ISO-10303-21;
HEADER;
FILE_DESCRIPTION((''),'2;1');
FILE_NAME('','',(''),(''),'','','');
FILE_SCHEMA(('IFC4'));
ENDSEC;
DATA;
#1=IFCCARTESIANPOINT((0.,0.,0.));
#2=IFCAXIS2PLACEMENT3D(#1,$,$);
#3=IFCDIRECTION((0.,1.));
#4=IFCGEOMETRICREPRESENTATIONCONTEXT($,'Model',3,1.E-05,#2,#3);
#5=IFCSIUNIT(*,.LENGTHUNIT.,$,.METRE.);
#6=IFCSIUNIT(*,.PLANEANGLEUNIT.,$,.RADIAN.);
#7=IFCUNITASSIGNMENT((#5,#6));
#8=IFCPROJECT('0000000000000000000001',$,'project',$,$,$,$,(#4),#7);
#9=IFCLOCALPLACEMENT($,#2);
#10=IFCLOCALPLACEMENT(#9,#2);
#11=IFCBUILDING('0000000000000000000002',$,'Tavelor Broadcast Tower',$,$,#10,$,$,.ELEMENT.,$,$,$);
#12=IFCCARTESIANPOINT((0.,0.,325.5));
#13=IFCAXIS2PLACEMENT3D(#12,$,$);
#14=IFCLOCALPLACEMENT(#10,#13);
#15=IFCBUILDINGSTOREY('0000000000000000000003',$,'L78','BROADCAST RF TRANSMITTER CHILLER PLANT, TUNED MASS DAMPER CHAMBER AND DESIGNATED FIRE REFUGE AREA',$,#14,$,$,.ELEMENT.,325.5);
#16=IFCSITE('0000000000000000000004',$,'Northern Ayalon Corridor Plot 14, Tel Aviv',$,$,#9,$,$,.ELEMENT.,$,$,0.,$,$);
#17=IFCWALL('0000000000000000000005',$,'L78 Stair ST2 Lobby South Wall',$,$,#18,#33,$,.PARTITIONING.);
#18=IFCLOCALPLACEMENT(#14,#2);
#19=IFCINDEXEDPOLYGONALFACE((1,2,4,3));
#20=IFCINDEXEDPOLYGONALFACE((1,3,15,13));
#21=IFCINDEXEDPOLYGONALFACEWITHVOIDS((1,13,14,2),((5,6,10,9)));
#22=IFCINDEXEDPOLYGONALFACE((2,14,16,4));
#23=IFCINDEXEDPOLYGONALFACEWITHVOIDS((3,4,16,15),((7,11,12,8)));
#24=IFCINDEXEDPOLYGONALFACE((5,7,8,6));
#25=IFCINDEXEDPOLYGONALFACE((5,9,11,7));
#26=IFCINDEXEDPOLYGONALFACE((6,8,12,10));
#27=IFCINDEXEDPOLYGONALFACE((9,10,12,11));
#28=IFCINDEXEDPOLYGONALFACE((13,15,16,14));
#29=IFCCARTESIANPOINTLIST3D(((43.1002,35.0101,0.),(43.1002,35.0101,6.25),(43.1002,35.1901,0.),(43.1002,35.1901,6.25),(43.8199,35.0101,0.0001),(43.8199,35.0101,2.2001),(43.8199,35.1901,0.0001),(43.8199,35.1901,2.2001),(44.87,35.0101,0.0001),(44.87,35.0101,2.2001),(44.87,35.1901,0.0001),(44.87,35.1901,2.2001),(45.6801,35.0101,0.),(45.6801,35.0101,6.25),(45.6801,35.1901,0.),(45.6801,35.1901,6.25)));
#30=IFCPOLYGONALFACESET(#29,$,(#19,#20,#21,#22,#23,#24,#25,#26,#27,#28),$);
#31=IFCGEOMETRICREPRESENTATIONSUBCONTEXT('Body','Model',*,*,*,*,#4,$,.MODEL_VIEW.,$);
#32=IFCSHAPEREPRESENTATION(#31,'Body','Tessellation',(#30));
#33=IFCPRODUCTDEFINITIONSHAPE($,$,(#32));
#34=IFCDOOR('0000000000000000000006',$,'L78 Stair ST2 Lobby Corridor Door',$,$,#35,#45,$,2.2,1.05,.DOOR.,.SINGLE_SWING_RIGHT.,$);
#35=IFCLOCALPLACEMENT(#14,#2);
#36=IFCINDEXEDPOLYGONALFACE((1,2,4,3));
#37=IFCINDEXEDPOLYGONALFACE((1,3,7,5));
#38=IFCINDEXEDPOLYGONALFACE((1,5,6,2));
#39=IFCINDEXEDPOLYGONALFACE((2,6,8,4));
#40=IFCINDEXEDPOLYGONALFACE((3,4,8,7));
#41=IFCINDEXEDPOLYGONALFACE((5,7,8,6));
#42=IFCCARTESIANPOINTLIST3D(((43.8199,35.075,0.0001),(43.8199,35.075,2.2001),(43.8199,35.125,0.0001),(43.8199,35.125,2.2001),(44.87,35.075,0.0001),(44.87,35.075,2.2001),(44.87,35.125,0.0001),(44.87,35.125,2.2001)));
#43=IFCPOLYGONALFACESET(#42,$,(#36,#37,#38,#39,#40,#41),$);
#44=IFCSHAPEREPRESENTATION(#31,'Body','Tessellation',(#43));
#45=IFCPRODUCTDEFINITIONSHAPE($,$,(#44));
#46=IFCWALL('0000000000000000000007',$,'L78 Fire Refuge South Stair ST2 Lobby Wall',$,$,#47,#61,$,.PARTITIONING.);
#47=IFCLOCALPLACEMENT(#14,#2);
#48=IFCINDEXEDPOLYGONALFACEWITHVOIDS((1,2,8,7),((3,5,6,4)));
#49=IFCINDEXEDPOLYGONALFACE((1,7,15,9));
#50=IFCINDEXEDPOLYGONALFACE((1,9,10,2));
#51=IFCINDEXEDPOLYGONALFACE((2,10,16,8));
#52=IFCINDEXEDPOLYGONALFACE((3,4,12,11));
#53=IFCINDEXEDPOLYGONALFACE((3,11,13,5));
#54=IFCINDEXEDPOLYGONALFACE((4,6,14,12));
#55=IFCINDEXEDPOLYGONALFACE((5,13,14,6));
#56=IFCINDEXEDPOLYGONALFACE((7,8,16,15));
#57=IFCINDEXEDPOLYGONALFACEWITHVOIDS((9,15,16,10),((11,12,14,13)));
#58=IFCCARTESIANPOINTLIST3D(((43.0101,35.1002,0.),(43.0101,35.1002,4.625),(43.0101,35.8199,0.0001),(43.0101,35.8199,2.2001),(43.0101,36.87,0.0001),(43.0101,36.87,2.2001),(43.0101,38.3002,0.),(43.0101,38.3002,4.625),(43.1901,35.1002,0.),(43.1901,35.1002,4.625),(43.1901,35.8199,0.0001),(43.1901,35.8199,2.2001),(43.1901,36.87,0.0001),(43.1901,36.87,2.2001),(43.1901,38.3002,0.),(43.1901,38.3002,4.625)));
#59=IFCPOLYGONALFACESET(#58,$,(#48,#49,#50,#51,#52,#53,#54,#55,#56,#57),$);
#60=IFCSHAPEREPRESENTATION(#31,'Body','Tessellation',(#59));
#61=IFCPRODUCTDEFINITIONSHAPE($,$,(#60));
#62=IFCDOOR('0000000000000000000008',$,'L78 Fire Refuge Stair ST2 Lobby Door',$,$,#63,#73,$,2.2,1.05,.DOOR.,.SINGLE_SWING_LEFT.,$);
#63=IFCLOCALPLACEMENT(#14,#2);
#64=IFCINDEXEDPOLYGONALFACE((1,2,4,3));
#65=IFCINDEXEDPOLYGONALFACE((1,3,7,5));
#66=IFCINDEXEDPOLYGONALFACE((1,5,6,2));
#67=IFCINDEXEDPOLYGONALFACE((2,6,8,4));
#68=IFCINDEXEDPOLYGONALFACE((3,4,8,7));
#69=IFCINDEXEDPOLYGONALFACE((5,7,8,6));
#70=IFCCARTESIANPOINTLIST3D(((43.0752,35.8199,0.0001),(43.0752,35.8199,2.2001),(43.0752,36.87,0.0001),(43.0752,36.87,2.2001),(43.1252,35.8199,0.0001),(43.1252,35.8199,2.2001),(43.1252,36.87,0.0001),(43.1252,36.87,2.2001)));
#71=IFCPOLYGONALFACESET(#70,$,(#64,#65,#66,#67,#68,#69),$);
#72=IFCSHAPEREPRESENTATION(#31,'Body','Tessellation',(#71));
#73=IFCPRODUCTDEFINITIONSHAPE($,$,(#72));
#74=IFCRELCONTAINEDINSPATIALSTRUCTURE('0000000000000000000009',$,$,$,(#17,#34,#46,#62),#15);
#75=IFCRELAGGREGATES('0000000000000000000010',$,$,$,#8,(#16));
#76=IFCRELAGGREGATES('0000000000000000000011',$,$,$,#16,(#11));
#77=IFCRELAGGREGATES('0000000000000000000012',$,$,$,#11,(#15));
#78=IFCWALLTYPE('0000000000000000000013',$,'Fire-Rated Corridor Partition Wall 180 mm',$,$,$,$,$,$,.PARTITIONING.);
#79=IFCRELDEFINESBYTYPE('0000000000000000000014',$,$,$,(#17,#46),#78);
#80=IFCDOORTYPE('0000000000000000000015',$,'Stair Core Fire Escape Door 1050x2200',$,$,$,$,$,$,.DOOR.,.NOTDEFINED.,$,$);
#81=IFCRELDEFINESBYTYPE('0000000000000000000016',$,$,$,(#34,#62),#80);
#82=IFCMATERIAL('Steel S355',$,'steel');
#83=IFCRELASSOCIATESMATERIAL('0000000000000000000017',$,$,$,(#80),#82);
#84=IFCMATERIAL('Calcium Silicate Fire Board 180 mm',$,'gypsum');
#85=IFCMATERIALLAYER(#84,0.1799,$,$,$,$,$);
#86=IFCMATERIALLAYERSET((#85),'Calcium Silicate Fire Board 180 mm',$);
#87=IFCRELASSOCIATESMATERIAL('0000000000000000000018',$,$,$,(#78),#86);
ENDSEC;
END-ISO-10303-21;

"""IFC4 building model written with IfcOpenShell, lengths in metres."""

from ifc_helpers import new_model, si_unit, direction, frame, frame_2d, origin, place, context, subcontext, project, spatial, rectangle, extrude, material, layer, layer_set, type_object, element, fill, save


model = new_model("IFC4")

# Units and contexts
model_context = context("Model", 3, precision=1e-05, world=origin(), true_north=direction((0.0, 1.0)))
body_context = subcontext(model_context, "Body", "Model", "MODEL_VIEW")
ifc_project = project(units=[si_unit("LENGTHUNIT", "METRE"), si_unit("PLANEANGLEUNIT", "RADIAN")], contexts=[model_context])

# Site, building, storey
site_placement = place(None, origin())
site = spatial("IfcSite", under=ifc_project, at=site_placement, Name="Northern Ayalon Corridor Plot 14, Tel Aviv", CompositionType="ELEMENT", RefElevation=0.0)
building_placement = place(site_placement, origin())
building = spatial("IfcBuilding", under=site, at=building_placement, Name="Tavelor Broadcast Tower", CompositionType="ELEMENT")
storey_placement = place(building_placement, frame((0.0, 0.0, 325.5)))
storey = spatial("IfcBuildingStorey", under=building, at=storey_placement, Name="L78", Description="BROADCAST RF TRANSMITTER CHILLER PLANT, TUNED MASS DAMPER CHAMBER AND DESIGNATED FIRE REFUGE AREA", CompositionType="ELEMENT", Elevation=325.5)

# Shared definitions
ifc_material_1 = material(Name="Steel S355", Category="steel")
door_type_1 = type_object("IfcDoorType", Name="Stair Core Fire Escape Door 1050x2200", OperationType="NOTDEFINED", PredefinedType="DOOR", material=ifc_material_1)

# Walls, openings, doors
ifc_material_2 = material(Name="Calcium Silicate Fire Board 180 mm", Category="gypsum")
ifc_layer_1 = layer(ifc_material_2, 0.1799)
ifc_layer_set_1 = layer_set([ifc_layer_1], Name="Calcium Silicate Fire Board 180 mm")
wall_type_1 = type_object("IfcWallType", Name="Fire-Rated Corridor Partition Wall 180 mm", PredefinedType="PARTITIONING", material=ifc_layer_set_1)
wall_1_placement = place(storey_placement, frame((43.1001, 35.1001, 0.0), z_axis=(0.0, 0.0, 1.0), x_axis=(1.0, 0.0, 0.0)))
wall_1 = element("IfcWall", 1, at=wall_1_placement, inside=storey, type_object=wall_type_1, Name="L78 Stair ST2 Lobby South Wall", PredefinedType="PARTITIONING", context=body_context, shape_type="SweptSolid", body=[
    extrude(rectangle(XDim=2.5798, YDim=0.1799, at=frame_2d((1.29, 0.0))), origin(), (0.0, 0.0, 1.0), 6.25),
])
opening_1_placement = place(wall_1_placement, frame((0.72, 0.0, 0.0)))
opening_1 = element("IfcOpeningElement", 2, at=opening_1_placement, cuts=wall_1, PredefinedType="OPENING", context=body_context, shape_type="SweptSolid", body=[
    extrude(rectangle(XDim=1.05, YDim=2.2, at=frame_2d((0.5249, 1.1001))), frame((0.0, 0.1001, 0.0), z_axis=(0.0, -1.0, 0.0), x_axis=(1.0, 0.0, 0.0)), (0.0, 0.0, 1.0), 0.2),
])
door_1_placement = place(opening_1_placement, origin())
door_1 = element("IfcDoor", 3, at=door_1_placement, inside=storey, type_object=door_type_1, Name="L78 Stair ST2 Lobby Corridor Door", OperationType="SINGLE_SWING_RIGHT", OverallHeight=2.2, OverallWidth=1.05, PredefinedType="DOOR", context=body_context, shape_type="SweptSolid", body=[
    extrude(rectangle(XDim=1.05, YDim=2.2, at=frame_2d((0.5249, 1.1001))), frame((0.0, 0.0249, 0.0), z_axis=(0.0, -1.0, 0.0), x_axis=(1.0, 0.0, 0.0)), (0.0, 0.0, 1.0), 0.05),
])
fill(opening_1, door_1)
wall_2_placement = place(storey_placement, frame((43.1001, 35.1001, 0.0), z_axis=(0.0, 0.0, 1.0), x_axis=(0.0, 1.0, 0.0)))
wall_2 = element("IfcWall", 4, at=wall_2_placement, inside=storey, type_object=wall_type_1, Name="L78 Fire Refuge South Stair ST2 Lobby Wall", PredefinedType="PARTITIONING", context=body_context, shape_type="SweptSolid", body=[
    extrude(rectangle(XDim=3.2, YDim=0.1799, at=frame_2d((1.6001, 0.0))), origin(), (0.0, 0.0, 1.0), 4.625),
])
opening_2_placement = place(wall_2_placement, frame((0.72, 0.0, 0.0)))
opening_2 = element("IfcOpeningElement", 5, at=opening_2_placement, cuts=wall_2, PredefinedType="OPENING", context=body_context, shape_type="SweptSolid", body=[
    extrude(rectangle(XDim=1.05, YDim=2.2, at=frame_2d((0.5249, 1.1001))), frame((0.0, 0.1001, 0.0), z_axis=(0.0, -1.0, 0.0), x_axis=(1.0, 0.0, 0.0)), (0.0, 0.0, 1.0), 0.2),
])
door_2_placement = place(opening_2_placement, origin())
door_2 = element("IfcDoor", 6, at=door_2_placement, inside=storey, type_object=door_type_1, Name="L78 Fire Refuge Stair ST2 Lobby Door", OperationType="SINGLE_SWING_LEFT", OverallHeight=2.2, OverallWidth=1.05, PredefinedType="DOOR", context=body_context, shape_type="SweptSolid", body=[
    extrude(rectangle(XDim=1.05, YDim=2.2, at=frame_2d((0.5249, 1.1001))), frame((0.0, 0.0249, 0.0), z_axis=(0.0, -1.0, 0.0), x_axis=(1.0, 0.0, 0.0)), (0.0, 0.0, 1.0), 0.05),
])
fill(opening_2, door_2)

save(model, "model.ifc")
